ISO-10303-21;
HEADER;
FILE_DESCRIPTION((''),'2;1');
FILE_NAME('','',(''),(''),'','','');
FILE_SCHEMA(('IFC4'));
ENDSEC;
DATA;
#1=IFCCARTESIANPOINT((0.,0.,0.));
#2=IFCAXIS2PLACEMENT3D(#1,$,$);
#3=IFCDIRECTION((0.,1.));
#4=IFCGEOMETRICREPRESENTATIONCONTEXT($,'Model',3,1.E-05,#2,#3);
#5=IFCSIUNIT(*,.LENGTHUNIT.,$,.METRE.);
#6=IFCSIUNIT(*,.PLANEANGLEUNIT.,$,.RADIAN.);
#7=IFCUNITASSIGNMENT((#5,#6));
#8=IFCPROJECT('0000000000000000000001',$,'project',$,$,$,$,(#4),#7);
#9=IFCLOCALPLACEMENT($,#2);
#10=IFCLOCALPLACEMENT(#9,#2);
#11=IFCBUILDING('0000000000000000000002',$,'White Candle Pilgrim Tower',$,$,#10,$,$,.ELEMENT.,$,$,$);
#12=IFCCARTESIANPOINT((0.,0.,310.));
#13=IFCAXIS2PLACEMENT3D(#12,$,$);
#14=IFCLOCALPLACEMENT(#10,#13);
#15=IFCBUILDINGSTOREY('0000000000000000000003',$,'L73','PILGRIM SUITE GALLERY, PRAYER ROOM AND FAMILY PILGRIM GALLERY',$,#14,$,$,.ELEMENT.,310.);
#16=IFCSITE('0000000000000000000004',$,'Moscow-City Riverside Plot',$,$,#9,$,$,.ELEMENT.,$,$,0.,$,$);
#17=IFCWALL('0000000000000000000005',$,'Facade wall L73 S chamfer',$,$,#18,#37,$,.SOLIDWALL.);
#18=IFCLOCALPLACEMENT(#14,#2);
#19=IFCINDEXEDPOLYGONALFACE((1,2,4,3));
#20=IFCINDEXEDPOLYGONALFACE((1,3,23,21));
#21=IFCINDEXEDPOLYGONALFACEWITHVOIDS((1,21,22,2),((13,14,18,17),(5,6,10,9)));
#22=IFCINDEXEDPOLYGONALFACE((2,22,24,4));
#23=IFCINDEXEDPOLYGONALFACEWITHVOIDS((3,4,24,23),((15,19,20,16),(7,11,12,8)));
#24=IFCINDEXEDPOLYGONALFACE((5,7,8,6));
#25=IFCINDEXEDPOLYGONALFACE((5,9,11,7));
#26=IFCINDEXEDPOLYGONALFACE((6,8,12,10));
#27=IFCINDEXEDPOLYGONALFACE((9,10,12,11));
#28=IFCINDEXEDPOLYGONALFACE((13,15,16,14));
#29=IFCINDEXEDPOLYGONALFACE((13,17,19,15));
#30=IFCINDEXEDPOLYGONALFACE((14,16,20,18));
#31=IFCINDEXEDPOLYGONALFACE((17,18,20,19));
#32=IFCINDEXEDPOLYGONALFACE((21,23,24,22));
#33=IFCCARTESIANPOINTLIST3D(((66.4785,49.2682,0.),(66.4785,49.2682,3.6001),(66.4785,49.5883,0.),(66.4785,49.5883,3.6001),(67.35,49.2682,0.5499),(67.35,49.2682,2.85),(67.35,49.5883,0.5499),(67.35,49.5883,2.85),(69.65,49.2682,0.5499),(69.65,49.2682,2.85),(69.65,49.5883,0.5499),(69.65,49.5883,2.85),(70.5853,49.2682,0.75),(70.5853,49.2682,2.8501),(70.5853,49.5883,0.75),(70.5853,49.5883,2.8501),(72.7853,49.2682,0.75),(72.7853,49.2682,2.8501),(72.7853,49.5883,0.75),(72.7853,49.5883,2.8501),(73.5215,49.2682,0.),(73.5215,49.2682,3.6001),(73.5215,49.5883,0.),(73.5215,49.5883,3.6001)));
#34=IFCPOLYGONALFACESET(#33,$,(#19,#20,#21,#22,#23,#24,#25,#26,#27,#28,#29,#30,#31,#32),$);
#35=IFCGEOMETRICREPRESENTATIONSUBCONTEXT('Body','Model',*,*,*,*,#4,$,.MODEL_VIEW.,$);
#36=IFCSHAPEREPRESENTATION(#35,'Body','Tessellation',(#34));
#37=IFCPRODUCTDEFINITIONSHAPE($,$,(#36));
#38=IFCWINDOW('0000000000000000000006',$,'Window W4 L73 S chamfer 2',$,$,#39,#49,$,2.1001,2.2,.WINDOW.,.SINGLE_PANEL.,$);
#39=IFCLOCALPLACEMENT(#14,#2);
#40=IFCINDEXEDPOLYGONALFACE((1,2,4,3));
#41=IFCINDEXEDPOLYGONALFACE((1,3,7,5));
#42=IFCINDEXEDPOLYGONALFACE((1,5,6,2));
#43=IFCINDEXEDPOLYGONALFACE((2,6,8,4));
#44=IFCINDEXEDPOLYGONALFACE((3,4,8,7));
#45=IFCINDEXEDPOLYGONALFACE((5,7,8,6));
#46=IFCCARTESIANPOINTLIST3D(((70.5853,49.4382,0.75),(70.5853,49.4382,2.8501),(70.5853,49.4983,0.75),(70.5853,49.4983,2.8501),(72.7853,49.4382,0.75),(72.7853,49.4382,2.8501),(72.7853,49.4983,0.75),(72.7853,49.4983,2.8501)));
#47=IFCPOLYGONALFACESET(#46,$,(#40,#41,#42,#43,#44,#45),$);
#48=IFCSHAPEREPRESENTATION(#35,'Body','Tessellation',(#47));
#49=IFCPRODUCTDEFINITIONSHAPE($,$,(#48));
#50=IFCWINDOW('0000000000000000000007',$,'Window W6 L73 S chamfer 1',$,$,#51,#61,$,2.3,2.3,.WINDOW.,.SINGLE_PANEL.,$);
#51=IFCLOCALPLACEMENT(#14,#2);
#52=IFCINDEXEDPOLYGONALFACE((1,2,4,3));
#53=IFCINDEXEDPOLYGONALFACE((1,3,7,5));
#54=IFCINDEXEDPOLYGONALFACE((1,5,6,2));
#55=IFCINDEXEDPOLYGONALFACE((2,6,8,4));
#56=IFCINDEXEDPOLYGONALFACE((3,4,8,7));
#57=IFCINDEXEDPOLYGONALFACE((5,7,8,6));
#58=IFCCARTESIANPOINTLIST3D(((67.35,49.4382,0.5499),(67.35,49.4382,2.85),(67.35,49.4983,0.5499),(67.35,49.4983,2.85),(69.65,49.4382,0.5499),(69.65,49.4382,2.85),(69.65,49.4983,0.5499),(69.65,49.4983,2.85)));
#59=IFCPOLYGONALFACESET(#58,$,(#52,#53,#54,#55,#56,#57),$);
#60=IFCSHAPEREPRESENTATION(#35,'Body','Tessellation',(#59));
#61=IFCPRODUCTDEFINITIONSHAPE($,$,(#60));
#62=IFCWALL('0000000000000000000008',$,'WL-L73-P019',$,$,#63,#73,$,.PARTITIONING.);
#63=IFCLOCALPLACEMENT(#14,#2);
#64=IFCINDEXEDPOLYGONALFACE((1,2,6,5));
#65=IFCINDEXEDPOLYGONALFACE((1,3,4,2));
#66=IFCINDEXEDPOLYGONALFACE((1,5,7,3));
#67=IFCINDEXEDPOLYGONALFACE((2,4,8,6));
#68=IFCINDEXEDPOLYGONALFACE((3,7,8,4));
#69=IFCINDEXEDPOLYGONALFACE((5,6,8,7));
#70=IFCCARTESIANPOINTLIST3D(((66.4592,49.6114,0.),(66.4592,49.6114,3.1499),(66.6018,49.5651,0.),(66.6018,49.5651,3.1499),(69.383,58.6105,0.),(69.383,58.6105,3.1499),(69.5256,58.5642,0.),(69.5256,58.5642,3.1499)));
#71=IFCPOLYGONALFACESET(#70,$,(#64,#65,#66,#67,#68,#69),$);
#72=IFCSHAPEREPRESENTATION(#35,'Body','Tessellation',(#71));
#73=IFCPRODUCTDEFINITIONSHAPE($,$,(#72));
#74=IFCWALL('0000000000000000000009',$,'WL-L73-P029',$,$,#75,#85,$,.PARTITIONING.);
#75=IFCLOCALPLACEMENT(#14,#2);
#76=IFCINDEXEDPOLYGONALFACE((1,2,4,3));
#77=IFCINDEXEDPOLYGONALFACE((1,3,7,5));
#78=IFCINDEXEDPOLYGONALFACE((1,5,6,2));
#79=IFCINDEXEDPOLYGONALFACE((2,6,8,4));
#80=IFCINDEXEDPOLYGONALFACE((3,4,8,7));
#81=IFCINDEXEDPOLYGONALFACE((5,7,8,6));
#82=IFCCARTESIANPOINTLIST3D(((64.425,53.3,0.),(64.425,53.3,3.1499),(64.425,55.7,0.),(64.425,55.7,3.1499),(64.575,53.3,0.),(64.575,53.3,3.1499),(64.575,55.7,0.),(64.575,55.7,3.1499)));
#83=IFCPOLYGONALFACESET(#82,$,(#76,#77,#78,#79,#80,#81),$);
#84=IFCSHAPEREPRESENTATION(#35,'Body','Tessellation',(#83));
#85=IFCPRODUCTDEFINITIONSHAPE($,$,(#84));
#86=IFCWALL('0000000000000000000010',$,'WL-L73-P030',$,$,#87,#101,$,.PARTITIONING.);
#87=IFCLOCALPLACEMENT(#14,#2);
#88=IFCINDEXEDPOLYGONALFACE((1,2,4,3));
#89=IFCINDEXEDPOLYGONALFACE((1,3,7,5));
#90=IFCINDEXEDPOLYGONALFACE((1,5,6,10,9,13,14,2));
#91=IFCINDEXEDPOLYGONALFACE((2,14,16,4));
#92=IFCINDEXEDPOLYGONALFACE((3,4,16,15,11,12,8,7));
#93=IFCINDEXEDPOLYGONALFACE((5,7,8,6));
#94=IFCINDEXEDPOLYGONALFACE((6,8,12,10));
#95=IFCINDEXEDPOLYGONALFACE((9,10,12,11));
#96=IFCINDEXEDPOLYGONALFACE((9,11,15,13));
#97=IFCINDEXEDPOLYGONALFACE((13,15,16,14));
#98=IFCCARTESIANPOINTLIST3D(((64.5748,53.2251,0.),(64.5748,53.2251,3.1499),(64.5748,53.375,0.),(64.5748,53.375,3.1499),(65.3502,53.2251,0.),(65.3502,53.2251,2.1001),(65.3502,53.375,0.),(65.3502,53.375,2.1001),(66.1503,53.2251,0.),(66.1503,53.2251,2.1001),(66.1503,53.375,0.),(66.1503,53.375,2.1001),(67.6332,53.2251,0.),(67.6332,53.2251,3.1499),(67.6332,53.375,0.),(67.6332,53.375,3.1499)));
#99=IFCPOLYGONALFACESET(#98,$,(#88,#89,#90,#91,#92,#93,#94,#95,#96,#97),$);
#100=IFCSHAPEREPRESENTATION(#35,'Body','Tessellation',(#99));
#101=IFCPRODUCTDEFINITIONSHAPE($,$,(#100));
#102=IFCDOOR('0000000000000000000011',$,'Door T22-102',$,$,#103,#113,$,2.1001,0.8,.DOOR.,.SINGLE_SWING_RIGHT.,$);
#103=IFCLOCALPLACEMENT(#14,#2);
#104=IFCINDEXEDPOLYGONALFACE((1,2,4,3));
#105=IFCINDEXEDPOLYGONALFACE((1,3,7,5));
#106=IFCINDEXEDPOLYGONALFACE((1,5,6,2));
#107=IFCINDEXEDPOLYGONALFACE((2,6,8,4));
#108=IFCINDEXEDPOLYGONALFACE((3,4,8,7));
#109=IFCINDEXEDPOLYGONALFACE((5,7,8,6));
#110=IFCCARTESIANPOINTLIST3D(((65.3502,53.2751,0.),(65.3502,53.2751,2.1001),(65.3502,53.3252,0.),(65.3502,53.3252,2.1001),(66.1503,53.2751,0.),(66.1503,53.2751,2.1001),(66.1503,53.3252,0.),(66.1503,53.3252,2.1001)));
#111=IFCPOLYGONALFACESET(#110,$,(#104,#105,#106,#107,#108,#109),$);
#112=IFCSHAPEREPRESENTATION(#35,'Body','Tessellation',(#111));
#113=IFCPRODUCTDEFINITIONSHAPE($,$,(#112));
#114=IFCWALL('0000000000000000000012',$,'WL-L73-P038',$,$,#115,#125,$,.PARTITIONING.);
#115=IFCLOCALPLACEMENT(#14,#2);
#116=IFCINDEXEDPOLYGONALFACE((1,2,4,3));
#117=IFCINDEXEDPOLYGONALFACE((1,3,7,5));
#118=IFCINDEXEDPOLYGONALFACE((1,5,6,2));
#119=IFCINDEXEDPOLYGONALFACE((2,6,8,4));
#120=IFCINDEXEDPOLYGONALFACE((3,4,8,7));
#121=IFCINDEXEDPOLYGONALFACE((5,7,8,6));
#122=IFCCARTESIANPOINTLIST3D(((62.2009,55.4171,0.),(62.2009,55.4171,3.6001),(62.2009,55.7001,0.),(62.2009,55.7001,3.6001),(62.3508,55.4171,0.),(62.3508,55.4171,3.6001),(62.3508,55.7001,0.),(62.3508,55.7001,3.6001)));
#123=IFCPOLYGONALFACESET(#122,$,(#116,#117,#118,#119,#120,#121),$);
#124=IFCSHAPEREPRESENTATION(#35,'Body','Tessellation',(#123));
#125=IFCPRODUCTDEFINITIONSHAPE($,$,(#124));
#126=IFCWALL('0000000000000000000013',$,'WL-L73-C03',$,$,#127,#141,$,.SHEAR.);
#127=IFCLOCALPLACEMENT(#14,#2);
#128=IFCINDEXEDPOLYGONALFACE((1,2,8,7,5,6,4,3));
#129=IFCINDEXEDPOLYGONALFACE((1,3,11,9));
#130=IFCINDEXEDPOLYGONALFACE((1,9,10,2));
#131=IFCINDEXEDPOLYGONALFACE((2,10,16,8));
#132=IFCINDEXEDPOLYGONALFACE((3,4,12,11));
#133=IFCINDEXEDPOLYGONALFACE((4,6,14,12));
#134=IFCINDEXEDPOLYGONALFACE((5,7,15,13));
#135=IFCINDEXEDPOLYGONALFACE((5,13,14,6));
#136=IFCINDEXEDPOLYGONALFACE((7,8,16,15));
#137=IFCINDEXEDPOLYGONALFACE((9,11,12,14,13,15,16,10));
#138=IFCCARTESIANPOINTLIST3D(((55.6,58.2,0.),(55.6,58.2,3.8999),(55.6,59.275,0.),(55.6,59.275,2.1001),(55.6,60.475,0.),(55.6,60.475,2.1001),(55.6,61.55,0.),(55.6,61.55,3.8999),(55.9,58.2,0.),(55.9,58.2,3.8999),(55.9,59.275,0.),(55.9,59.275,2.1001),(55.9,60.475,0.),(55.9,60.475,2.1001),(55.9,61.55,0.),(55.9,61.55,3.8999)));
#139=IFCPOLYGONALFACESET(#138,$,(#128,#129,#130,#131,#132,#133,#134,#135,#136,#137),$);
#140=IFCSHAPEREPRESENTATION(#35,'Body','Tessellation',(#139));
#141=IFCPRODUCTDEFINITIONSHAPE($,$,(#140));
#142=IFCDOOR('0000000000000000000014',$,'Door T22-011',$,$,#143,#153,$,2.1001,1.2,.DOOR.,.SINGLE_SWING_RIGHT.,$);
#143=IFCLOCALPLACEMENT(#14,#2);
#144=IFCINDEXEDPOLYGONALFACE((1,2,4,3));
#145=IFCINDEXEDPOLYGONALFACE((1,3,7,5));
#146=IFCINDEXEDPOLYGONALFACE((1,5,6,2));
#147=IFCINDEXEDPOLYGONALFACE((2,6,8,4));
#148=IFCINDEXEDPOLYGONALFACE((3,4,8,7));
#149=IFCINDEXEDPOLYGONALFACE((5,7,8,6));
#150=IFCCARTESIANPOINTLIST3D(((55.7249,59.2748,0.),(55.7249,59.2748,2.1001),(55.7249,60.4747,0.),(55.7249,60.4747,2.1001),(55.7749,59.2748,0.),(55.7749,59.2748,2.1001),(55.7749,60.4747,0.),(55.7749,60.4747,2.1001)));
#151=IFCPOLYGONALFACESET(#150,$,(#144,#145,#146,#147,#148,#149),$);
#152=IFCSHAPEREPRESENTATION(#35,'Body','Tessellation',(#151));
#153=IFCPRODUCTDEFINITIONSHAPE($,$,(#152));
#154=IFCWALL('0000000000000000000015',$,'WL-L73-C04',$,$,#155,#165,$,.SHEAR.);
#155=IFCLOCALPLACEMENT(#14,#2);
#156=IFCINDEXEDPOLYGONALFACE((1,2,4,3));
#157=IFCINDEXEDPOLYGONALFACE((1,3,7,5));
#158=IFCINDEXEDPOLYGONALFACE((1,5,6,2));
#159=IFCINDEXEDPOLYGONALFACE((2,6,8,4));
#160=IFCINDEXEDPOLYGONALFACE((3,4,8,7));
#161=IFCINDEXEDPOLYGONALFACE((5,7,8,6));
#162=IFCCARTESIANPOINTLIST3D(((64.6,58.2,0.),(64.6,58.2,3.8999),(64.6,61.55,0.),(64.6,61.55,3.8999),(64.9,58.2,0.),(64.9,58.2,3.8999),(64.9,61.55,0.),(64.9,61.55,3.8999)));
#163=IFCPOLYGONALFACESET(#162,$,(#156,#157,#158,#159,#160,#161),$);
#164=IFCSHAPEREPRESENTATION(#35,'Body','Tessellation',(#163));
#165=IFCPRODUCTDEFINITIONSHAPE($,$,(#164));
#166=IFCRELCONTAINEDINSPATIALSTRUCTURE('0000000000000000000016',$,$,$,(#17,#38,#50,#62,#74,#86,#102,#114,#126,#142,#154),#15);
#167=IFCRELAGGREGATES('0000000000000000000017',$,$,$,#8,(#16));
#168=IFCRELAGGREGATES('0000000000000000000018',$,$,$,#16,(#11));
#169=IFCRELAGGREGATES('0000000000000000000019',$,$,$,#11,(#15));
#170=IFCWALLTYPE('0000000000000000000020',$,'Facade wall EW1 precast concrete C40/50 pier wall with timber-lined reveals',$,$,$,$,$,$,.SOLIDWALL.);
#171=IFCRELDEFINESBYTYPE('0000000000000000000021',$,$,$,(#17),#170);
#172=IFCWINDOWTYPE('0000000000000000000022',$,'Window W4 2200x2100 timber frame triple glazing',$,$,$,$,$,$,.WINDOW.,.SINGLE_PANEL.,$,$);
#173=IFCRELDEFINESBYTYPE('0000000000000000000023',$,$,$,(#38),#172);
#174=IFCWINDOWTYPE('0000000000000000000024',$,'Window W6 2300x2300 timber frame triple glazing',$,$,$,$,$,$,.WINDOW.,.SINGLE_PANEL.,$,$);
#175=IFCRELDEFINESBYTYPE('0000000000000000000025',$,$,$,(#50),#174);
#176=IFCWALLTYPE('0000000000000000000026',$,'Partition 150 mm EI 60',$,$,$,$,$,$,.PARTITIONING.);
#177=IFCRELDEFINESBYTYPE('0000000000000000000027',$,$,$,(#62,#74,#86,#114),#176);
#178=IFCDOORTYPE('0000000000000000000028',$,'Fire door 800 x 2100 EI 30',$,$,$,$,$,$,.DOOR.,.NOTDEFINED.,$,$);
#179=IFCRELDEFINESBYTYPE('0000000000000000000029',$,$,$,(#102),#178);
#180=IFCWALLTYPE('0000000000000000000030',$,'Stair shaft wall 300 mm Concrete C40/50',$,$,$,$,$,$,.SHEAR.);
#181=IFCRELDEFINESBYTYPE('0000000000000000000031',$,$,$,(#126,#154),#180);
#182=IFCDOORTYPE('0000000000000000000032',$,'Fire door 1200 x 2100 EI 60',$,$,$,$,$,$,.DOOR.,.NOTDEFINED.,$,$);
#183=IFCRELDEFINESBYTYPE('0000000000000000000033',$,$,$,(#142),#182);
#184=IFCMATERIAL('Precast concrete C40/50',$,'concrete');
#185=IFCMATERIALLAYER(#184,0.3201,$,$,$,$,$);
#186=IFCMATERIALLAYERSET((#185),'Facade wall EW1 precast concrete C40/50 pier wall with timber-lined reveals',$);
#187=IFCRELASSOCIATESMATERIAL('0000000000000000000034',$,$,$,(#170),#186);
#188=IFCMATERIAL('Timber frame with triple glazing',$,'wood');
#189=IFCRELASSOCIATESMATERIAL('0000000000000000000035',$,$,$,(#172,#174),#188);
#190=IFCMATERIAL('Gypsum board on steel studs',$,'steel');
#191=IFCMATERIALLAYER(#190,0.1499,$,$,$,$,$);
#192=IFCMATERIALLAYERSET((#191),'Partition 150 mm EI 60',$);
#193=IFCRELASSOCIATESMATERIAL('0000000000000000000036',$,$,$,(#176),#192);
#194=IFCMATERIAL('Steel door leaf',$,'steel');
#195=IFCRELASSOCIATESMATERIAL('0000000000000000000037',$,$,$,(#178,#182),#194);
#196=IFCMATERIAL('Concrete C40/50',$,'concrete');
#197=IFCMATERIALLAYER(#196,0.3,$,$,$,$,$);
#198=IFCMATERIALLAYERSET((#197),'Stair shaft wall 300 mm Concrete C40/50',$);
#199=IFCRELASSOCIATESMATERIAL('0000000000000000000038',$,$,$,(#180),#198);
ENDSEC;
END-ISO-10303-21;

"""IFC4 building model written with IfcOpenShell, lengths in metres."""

from ifc_helpers import new_model, si_unit, direction, frame, frame_2d, origin, place, context, subcontext, project, spatial, rectangle, extrude, material, layer, layer_set, type_object, element, fill, save


model = new_model("IFC4")

# Units and contexts
model_context = context("Model", 3, precision=1e-05, world=origin(), true_north=direction((0.0, 1.0)))
body_context = subcontext(model_context, "Body", "Model", "MODEL_VIEW")
ifc_project = project(units=[si_unit("LENGTHUNIT", "METRE"), si_unit("PLANEANGLEUNIT", "RADIAN")], contexts=[model_context])

# Site, building, storey
site_placement = place(None, origin())
site = spatial("IfcSite", under=ifc_project, at=site_placement, Name="Moscow-City Riverside Plot", CompositionType="ELEMENT", RefElevation=0.0)
building_placement = place(site_placement, origin())
building = spatial("IfcBuilding", under=site, at=building_placement, Name="White Candle Pilgrim Tower", CompositionType="ELEMENT")
storey_placement = place(building_placement, frame((0.0, 0.0, 310.0)))
storey = spatial("IfcBuildingStorey", under=building, at=storey_placement, Name="L73", Description="PILGRIM SUITE GALLERY, PRAYER ROOM AND FAMILY PILGRIM GALLERY", CompositionType="ELEMENT", Elevation=310.0)

# Shared definitions
ifc_material_1 = material(Name="Gypsum board on steel studs", Category="steel")
ifc_material_2 = material(Name="Steel door leaf", Category="steel")

# Wall, openings, windows
ifc_material_3 = material(Name="Precast concrete C40/50", Category="concrete")
ifc_layer_1 = layer(ifc_material_3, 0.3201)
ifc_layer_set_1 = layer_set([ifc_layer_1], Name="Facade wall EW1 precast concrete C40/50 pier wall with timber-lined reveals")
wall_type_1 = type_object("IfcWallType", Name="Facade wall EW1 precast concrete C40/50 pier wall with timber-lined reveals", PredefinedType="SOLIDWALL", material=ifc_layer_set_1)
wall_1_placement = place(storey_placement, frame((66.4785, 49.4282, 0.0), z_axis=(0.0, 0.0, 1.0), x_axis=(1.0, 0.0, 0.0)))
wall_1 = element("IfcWall", 1, at=wall_1_placement, inside=storey, type_object=wall_type_1, Name="Facade wall L73 S chamfer", PredefinedType="SOLIDWALL", context=body_context, shape_type="SweptSolid", body=[
    extrude(rectangle(XDim=7.043, YDim=0.3201, at=frame_2d((3.5215, 0.0))), origin(), (0.0, 0.0, 1.0), 3.6001),
])
opening_1_placement = place(wall_1_placement, frame((0.8716, 0.0, 0.55)))
opening_1 = element("IfcOpeningElement", 2, at=opening_1_placement, cuts=wall_1, PredefinedType="OPENING", context=body_context, shape_type="SweptSolid", body=[
    extrude(rectangle(XDim=2.3, YDim=2.3, at=frame_2d((1.1499, 1.1499))), frame((0.0, 0.1699, 0.0), z_axis=(0.0, -1.0, 0.0), x_axis=(1.0, 0.0, 0.0)), (0.0, 0.0, 1.0), 0.3401),
])
opening_2_placement = place(wall_1_placement, frame((4.1067, 0.0, 0.75)))
opening_2 = element("IfcOpeningElement", 3, at=opening_2_placement, cuts=wall_1, PredefinedType="OPENING", context=body_context, shape_type="SweptSolid", body=[
    extrude(rectangle(XDim=2.2, YDim=2.1001, at=frame_2d((1.1001, 1.05))), frame((0.0, 0.1699, 0.0), z_axis=(0.0, -1.0, 0.0), x_axis=(1.0, 0.0, 0.0)), (0.0, 0.0, 1.0), 0.3401),
])
ifc_material_4 = material(Name="Timber frame with triple glazing", Category="wood")
window_type_1 = type_object("IfcWindowType", Name="Window W4 2200x2100 timber frame triple glazing", PartitioningType="SINGLE_PANEL", PredefinedType="WINDOW", material=ifc_material_4)
window_1_placement = place(opening_2_placement, origin())
window_1 = element("IfcWindow", 4, at=window_1_placement, inside=storey, type_object=window_type_1, Name="Window W4 L73 S chamfer 2", OverallHeight=2.1001, OverallWidth=2.2, PartitioningType="SINGLE_PANEL", PredefinedType="WINDOW", context=body_context, shape_type="SweptSolid", body=[
    extrude(rectangle(XDim=2.2, YDim=2.1001, at=frame_2d((1.1001, 1.05))), frame((0.0, 0.0701, 0.0), z_axis=(0.0, -1.0, 0.0), x_axis=(1.0, 0.0, 0.0)), (0.0, 0.0, 1.0), 0.0601),
])
fill(opening_2, window_1)
window_type_2 = type_object("IfcWindowType", Name="Window W6 2300x2300 timber frame triple glazing", PartitioningType="SINGLE_PANEL", PredefinedType="WINDOW", material=ifc_material_4)
window_2_placement = place(opening_1_placement, origin())
window_2 = element("IfcWindow", 5, at=window_2_placement, inside=storey, type_object=window_type_2, Name="Window W6 L73 S chamfer 1", OverallHeight=2.3, OverallWidth=2.3, PartitioningType="SINGLE_PANEL", PredefinedType="WINDOW", context=body_context, shape_type="SweptSolid", body=[
    extrude(rectangle(XDim=2.3, YDim=2.3, at=frame_2d((1.1499, 1.1499))), frame((0.0, 0.0701, 0.0), z_axis=(0.0, -1.0, 0.0), x_axis=(1.0, 0.0, 0.0)), (0.0, 0.0, 1.0), 0.0601),
])
fill(opening_1, window_2)

# Walls
ifc_layer_2 = layer(ifc_material_1, 0.1499)
ifc_layer_set_2 = layer_set([ifc_layer_2], Name="Partition 150 mm EI 60")
wall_type_2 = type_object("IfcWallType", Name="Partition 150 mm EI 60", PredefinedType="PARTITIONING", material=ifc_layer_set_2)
wall_2_placement = place(storey_placement, frame((66.5305, 49.5884, 0.0), z_axis=(0.0, 0.0, 1.0), x_axis=(0.309004, 0.951061, 0.0)))
element("IfcWall", 6, at=wall_2_placement, inside=storey, type_object=wall_type_2, Name="WL-L73-P019", PredefinedType="PARTITIONING", context=body_context, shape_type="SweptSolid", body=[
    extrude(rectangle(XDim=9.4622, YDim=0.1499, at=frame_2d((4.731, 0.0))), origin(), (0.0, 0.0, 1.0), 3.1499),
])
wall_3_placement = place(storey_placement, frame((64.5, 55.7, 0.0), z_axis=(0.0, 0.0, 1.0), x_axis=(0.0, -1.0, 0.0)))
element("IfcWall", 7, at=wall_3_placement, inside=storey, type_object=wall_type_2, Name="WL-L73-P029", PredefinedType="PARTITIONING", context=body_context, shape_type="SweptSolid", body=[
    extrude(rectangle(XDim=2.3999, YDim=0.1499, at=frame_2d((1.2, 0.0))), origin(), (0.0, 0.0, 1.0), 3.1499),
])

# Wall, opening, door
wall_4_placement = place(storey_placement, frame((67.6333, 53.3, 0.0), z_axis=(0.0, 0.0, 1.0), x_axis=(-1.0, 0.0, 0.0)))
wall_4 = element("IfcWall", 8, at=wall_4_placement, inside=storey, type_object=wall_type_2, Name="WL-L73-P030", PredefinedType="PARTITIONING", context=body_context, shape_type="SweptSolid", body=[
    extrude(rectangle(XDim=3.0583, YDim=0.1499, at=frame_2d((1.5293, 0.0))), origin(), (0.0, 0.0, 1.0), 3.1499),
])
opening_3_placement = place(wall_4_placement, frame((1.4832, 0.0, 0.0)))
opening_3 = element("IfcOpeningElement", 9, at=opening_3_placement, cuts=wall_4, PredefinedType="OPENING", context=body_context, shape_type="SweptSolid", body=[
    extrude(rectangle(XDim=0.8, YDim=2.1001, at=frame_2d((0.3999, 1.05))), frame((0.0, 0.085, 0.0), z_axis=(0.0, -1.0, 0.0), x_axis=(1.0, 0.0, 0.0)), (0.0, 0.0, 1.0), 0.1699),
])
door_type_1 = type_object("IfcDoorType", Name="Fire door 800 x 2100 EI 30", OperationType="NOTDEFINED", PredefinedType="DOOR", material=ifc_material_2)
door_1_placement = place(opening_3_placement, origin())
door_1 = element("IfcDoor", 10, at=door_1_placement, inside=storey, type_object=door_type_1, Name="Door T22-102", OperationType="SINGLE_SWING_RIGHT", OverallHeight=2.1001, OverallWidth=0.8, PredefinedType="DOOR", context=body_context, shape_type="SweptSolid", body=[
    extrude(rectangle(XDim=0.8, YDim=2.1001, at=frame_2d((0.3999, 1.05))), frame((0.0, 0.0249, 0.0), z_axis=(0.0, -1.0, 0.0), x_axis=(1.0, 0.0, 0.0)), (0.0, 0.0, 1.0), 0.05),
])
fill(opening_3, door_1)

# Wall
wall_5_placement = place(storey_placement, frame((62.2759, 55.417, 0.0), z_axis=(0.0, 0.0, 1.0), x_axis=(0.0, 1.0, 0.0)))
element("IfcWall", 11, at=wall_5_placement, inside=storey, type_object=wall_type_2, Name="WL-L73-P038", PredefinedType="PARTITIONING", context=body_context, shape_type="SweptSolid", body=[
    extrude(rectangle(XDim=0.283, YDim=0.1499, at=frame_2d((0.1416, 0.0))), origin(), (0.0, 0.0, 1.0), 3.6001),
])

# Wall, opening, door
ifc_material_5 = material(Name="Concrete C40/50", Category="concrete")
ifc_layer_3 = layer(ifc_material_5, 0.3)
ifc_layer_set_3 = layer_set([ifc_layer_3], Name="Stair shaft wall 300 mm Concrete C40/50")
wall_type_3 = type_object("IfcWallType", Name="Stair shaft wall 300 mm Concrete C40/50", PredefinedType="SHEAR", material=ifc_layer_set_3)
wall_6_placement = place(storey_placement, frame((55.75, 58.2, 0.0), z_axis=(0.0, 0.0, 1.0), x_axis=(0.0, 1.0, 0.0)))
wall_6 = element("IfcWall", 12, at=wall_6_placement, inside=storey, type_object=wall_type_3, Name="WL-L73-C03", PredefinedType="SHEAR", context=body_context, shape_type="SweptSolid", body=[
    extrude(rectangle(XDim=3.3501, YDim=0.3, at=frame_2d((1.675, 0.0))), origin(), (0.0, 0.0, 1.0), 3.8999),
])
opening_4_placement = place(wall_6_placement, frame((1.075, 0.0, 0.0)))
opening_4 = element("IfcOpeningElement", 13, at=opening_4_placement, cuts=wall_6, PredefinedType="OPENING", context=body_context, shape_type="SweptSolid", body=[
    extrude(rectangle(XDim=1.2, YDim=2.1001, at=frame_2d((0.6001, 1.05))), frame((0.0, 0.1599, 0.0), z_axis=(0.0, -1.0, 0.0), x_axis=(1.0, 0.0, 0.0)), (0.0, 0.0, 1.0), 0.3201),
])
door_type_2 = type_object("IfcDoorType", Name="Fire door 1200 x 2100 EI 60", OperationType="NOTDEFINED", PredefinedType="DOOR", material=ifc_material_2)
door_2_placement = place(opening_4_placement, frame((1.2, 0.0, 0.0), z_axis=(0.0, 0.0, 1.0), x_axis=(-1.0, 0.0, 0.0)))
door_2 = element("IfcDoor", 14, at=door_2_placement, inside=storey, type_object=door_type_2, Name="Door T22-011", OperationType="SINGLE_SWING_RIGHT", OverallHeight=2.1001, OverallWidth=1.2, PredefinedType="DOOR", context=body_context, shape_type="SweptSolid", body=[
    extrude(rectangle(XDim=1.2, YDim=2.1001, at=frame_2d((0.6001, 1.05))), frame((0.0, 0.0249, 0.0), z_axis=(0.0, -1.0, 0.0), x_axis=(1.0, 0.0, 0.0)), (0.0, 0.0, 1.0), 0.05),
])
fill(opening_4, door_2)

# Wall
wall_7_placement = place(storey_placement, frame((64.75, 58.2, 0.0), z_axis=(0.0, 0.0, 1.0), x_axis=(0.0, 1.0, 0.0)))
element("IfcWall", 15, at=wall_7_placement, inside=storey, type_object=wall_type_3, Name="WL-L73-C04", PredefinedType="SHEAR", context=body_context, shape_type="SweptSolid", body=[
    extrude(rectangle(XDim=3.3501, YDim=0.3, at=frame_2d((1.675, 0.0))), origin(), (0.0, 0.0, 1.0), 3.8999),
])

save(model, "model.ifc")
